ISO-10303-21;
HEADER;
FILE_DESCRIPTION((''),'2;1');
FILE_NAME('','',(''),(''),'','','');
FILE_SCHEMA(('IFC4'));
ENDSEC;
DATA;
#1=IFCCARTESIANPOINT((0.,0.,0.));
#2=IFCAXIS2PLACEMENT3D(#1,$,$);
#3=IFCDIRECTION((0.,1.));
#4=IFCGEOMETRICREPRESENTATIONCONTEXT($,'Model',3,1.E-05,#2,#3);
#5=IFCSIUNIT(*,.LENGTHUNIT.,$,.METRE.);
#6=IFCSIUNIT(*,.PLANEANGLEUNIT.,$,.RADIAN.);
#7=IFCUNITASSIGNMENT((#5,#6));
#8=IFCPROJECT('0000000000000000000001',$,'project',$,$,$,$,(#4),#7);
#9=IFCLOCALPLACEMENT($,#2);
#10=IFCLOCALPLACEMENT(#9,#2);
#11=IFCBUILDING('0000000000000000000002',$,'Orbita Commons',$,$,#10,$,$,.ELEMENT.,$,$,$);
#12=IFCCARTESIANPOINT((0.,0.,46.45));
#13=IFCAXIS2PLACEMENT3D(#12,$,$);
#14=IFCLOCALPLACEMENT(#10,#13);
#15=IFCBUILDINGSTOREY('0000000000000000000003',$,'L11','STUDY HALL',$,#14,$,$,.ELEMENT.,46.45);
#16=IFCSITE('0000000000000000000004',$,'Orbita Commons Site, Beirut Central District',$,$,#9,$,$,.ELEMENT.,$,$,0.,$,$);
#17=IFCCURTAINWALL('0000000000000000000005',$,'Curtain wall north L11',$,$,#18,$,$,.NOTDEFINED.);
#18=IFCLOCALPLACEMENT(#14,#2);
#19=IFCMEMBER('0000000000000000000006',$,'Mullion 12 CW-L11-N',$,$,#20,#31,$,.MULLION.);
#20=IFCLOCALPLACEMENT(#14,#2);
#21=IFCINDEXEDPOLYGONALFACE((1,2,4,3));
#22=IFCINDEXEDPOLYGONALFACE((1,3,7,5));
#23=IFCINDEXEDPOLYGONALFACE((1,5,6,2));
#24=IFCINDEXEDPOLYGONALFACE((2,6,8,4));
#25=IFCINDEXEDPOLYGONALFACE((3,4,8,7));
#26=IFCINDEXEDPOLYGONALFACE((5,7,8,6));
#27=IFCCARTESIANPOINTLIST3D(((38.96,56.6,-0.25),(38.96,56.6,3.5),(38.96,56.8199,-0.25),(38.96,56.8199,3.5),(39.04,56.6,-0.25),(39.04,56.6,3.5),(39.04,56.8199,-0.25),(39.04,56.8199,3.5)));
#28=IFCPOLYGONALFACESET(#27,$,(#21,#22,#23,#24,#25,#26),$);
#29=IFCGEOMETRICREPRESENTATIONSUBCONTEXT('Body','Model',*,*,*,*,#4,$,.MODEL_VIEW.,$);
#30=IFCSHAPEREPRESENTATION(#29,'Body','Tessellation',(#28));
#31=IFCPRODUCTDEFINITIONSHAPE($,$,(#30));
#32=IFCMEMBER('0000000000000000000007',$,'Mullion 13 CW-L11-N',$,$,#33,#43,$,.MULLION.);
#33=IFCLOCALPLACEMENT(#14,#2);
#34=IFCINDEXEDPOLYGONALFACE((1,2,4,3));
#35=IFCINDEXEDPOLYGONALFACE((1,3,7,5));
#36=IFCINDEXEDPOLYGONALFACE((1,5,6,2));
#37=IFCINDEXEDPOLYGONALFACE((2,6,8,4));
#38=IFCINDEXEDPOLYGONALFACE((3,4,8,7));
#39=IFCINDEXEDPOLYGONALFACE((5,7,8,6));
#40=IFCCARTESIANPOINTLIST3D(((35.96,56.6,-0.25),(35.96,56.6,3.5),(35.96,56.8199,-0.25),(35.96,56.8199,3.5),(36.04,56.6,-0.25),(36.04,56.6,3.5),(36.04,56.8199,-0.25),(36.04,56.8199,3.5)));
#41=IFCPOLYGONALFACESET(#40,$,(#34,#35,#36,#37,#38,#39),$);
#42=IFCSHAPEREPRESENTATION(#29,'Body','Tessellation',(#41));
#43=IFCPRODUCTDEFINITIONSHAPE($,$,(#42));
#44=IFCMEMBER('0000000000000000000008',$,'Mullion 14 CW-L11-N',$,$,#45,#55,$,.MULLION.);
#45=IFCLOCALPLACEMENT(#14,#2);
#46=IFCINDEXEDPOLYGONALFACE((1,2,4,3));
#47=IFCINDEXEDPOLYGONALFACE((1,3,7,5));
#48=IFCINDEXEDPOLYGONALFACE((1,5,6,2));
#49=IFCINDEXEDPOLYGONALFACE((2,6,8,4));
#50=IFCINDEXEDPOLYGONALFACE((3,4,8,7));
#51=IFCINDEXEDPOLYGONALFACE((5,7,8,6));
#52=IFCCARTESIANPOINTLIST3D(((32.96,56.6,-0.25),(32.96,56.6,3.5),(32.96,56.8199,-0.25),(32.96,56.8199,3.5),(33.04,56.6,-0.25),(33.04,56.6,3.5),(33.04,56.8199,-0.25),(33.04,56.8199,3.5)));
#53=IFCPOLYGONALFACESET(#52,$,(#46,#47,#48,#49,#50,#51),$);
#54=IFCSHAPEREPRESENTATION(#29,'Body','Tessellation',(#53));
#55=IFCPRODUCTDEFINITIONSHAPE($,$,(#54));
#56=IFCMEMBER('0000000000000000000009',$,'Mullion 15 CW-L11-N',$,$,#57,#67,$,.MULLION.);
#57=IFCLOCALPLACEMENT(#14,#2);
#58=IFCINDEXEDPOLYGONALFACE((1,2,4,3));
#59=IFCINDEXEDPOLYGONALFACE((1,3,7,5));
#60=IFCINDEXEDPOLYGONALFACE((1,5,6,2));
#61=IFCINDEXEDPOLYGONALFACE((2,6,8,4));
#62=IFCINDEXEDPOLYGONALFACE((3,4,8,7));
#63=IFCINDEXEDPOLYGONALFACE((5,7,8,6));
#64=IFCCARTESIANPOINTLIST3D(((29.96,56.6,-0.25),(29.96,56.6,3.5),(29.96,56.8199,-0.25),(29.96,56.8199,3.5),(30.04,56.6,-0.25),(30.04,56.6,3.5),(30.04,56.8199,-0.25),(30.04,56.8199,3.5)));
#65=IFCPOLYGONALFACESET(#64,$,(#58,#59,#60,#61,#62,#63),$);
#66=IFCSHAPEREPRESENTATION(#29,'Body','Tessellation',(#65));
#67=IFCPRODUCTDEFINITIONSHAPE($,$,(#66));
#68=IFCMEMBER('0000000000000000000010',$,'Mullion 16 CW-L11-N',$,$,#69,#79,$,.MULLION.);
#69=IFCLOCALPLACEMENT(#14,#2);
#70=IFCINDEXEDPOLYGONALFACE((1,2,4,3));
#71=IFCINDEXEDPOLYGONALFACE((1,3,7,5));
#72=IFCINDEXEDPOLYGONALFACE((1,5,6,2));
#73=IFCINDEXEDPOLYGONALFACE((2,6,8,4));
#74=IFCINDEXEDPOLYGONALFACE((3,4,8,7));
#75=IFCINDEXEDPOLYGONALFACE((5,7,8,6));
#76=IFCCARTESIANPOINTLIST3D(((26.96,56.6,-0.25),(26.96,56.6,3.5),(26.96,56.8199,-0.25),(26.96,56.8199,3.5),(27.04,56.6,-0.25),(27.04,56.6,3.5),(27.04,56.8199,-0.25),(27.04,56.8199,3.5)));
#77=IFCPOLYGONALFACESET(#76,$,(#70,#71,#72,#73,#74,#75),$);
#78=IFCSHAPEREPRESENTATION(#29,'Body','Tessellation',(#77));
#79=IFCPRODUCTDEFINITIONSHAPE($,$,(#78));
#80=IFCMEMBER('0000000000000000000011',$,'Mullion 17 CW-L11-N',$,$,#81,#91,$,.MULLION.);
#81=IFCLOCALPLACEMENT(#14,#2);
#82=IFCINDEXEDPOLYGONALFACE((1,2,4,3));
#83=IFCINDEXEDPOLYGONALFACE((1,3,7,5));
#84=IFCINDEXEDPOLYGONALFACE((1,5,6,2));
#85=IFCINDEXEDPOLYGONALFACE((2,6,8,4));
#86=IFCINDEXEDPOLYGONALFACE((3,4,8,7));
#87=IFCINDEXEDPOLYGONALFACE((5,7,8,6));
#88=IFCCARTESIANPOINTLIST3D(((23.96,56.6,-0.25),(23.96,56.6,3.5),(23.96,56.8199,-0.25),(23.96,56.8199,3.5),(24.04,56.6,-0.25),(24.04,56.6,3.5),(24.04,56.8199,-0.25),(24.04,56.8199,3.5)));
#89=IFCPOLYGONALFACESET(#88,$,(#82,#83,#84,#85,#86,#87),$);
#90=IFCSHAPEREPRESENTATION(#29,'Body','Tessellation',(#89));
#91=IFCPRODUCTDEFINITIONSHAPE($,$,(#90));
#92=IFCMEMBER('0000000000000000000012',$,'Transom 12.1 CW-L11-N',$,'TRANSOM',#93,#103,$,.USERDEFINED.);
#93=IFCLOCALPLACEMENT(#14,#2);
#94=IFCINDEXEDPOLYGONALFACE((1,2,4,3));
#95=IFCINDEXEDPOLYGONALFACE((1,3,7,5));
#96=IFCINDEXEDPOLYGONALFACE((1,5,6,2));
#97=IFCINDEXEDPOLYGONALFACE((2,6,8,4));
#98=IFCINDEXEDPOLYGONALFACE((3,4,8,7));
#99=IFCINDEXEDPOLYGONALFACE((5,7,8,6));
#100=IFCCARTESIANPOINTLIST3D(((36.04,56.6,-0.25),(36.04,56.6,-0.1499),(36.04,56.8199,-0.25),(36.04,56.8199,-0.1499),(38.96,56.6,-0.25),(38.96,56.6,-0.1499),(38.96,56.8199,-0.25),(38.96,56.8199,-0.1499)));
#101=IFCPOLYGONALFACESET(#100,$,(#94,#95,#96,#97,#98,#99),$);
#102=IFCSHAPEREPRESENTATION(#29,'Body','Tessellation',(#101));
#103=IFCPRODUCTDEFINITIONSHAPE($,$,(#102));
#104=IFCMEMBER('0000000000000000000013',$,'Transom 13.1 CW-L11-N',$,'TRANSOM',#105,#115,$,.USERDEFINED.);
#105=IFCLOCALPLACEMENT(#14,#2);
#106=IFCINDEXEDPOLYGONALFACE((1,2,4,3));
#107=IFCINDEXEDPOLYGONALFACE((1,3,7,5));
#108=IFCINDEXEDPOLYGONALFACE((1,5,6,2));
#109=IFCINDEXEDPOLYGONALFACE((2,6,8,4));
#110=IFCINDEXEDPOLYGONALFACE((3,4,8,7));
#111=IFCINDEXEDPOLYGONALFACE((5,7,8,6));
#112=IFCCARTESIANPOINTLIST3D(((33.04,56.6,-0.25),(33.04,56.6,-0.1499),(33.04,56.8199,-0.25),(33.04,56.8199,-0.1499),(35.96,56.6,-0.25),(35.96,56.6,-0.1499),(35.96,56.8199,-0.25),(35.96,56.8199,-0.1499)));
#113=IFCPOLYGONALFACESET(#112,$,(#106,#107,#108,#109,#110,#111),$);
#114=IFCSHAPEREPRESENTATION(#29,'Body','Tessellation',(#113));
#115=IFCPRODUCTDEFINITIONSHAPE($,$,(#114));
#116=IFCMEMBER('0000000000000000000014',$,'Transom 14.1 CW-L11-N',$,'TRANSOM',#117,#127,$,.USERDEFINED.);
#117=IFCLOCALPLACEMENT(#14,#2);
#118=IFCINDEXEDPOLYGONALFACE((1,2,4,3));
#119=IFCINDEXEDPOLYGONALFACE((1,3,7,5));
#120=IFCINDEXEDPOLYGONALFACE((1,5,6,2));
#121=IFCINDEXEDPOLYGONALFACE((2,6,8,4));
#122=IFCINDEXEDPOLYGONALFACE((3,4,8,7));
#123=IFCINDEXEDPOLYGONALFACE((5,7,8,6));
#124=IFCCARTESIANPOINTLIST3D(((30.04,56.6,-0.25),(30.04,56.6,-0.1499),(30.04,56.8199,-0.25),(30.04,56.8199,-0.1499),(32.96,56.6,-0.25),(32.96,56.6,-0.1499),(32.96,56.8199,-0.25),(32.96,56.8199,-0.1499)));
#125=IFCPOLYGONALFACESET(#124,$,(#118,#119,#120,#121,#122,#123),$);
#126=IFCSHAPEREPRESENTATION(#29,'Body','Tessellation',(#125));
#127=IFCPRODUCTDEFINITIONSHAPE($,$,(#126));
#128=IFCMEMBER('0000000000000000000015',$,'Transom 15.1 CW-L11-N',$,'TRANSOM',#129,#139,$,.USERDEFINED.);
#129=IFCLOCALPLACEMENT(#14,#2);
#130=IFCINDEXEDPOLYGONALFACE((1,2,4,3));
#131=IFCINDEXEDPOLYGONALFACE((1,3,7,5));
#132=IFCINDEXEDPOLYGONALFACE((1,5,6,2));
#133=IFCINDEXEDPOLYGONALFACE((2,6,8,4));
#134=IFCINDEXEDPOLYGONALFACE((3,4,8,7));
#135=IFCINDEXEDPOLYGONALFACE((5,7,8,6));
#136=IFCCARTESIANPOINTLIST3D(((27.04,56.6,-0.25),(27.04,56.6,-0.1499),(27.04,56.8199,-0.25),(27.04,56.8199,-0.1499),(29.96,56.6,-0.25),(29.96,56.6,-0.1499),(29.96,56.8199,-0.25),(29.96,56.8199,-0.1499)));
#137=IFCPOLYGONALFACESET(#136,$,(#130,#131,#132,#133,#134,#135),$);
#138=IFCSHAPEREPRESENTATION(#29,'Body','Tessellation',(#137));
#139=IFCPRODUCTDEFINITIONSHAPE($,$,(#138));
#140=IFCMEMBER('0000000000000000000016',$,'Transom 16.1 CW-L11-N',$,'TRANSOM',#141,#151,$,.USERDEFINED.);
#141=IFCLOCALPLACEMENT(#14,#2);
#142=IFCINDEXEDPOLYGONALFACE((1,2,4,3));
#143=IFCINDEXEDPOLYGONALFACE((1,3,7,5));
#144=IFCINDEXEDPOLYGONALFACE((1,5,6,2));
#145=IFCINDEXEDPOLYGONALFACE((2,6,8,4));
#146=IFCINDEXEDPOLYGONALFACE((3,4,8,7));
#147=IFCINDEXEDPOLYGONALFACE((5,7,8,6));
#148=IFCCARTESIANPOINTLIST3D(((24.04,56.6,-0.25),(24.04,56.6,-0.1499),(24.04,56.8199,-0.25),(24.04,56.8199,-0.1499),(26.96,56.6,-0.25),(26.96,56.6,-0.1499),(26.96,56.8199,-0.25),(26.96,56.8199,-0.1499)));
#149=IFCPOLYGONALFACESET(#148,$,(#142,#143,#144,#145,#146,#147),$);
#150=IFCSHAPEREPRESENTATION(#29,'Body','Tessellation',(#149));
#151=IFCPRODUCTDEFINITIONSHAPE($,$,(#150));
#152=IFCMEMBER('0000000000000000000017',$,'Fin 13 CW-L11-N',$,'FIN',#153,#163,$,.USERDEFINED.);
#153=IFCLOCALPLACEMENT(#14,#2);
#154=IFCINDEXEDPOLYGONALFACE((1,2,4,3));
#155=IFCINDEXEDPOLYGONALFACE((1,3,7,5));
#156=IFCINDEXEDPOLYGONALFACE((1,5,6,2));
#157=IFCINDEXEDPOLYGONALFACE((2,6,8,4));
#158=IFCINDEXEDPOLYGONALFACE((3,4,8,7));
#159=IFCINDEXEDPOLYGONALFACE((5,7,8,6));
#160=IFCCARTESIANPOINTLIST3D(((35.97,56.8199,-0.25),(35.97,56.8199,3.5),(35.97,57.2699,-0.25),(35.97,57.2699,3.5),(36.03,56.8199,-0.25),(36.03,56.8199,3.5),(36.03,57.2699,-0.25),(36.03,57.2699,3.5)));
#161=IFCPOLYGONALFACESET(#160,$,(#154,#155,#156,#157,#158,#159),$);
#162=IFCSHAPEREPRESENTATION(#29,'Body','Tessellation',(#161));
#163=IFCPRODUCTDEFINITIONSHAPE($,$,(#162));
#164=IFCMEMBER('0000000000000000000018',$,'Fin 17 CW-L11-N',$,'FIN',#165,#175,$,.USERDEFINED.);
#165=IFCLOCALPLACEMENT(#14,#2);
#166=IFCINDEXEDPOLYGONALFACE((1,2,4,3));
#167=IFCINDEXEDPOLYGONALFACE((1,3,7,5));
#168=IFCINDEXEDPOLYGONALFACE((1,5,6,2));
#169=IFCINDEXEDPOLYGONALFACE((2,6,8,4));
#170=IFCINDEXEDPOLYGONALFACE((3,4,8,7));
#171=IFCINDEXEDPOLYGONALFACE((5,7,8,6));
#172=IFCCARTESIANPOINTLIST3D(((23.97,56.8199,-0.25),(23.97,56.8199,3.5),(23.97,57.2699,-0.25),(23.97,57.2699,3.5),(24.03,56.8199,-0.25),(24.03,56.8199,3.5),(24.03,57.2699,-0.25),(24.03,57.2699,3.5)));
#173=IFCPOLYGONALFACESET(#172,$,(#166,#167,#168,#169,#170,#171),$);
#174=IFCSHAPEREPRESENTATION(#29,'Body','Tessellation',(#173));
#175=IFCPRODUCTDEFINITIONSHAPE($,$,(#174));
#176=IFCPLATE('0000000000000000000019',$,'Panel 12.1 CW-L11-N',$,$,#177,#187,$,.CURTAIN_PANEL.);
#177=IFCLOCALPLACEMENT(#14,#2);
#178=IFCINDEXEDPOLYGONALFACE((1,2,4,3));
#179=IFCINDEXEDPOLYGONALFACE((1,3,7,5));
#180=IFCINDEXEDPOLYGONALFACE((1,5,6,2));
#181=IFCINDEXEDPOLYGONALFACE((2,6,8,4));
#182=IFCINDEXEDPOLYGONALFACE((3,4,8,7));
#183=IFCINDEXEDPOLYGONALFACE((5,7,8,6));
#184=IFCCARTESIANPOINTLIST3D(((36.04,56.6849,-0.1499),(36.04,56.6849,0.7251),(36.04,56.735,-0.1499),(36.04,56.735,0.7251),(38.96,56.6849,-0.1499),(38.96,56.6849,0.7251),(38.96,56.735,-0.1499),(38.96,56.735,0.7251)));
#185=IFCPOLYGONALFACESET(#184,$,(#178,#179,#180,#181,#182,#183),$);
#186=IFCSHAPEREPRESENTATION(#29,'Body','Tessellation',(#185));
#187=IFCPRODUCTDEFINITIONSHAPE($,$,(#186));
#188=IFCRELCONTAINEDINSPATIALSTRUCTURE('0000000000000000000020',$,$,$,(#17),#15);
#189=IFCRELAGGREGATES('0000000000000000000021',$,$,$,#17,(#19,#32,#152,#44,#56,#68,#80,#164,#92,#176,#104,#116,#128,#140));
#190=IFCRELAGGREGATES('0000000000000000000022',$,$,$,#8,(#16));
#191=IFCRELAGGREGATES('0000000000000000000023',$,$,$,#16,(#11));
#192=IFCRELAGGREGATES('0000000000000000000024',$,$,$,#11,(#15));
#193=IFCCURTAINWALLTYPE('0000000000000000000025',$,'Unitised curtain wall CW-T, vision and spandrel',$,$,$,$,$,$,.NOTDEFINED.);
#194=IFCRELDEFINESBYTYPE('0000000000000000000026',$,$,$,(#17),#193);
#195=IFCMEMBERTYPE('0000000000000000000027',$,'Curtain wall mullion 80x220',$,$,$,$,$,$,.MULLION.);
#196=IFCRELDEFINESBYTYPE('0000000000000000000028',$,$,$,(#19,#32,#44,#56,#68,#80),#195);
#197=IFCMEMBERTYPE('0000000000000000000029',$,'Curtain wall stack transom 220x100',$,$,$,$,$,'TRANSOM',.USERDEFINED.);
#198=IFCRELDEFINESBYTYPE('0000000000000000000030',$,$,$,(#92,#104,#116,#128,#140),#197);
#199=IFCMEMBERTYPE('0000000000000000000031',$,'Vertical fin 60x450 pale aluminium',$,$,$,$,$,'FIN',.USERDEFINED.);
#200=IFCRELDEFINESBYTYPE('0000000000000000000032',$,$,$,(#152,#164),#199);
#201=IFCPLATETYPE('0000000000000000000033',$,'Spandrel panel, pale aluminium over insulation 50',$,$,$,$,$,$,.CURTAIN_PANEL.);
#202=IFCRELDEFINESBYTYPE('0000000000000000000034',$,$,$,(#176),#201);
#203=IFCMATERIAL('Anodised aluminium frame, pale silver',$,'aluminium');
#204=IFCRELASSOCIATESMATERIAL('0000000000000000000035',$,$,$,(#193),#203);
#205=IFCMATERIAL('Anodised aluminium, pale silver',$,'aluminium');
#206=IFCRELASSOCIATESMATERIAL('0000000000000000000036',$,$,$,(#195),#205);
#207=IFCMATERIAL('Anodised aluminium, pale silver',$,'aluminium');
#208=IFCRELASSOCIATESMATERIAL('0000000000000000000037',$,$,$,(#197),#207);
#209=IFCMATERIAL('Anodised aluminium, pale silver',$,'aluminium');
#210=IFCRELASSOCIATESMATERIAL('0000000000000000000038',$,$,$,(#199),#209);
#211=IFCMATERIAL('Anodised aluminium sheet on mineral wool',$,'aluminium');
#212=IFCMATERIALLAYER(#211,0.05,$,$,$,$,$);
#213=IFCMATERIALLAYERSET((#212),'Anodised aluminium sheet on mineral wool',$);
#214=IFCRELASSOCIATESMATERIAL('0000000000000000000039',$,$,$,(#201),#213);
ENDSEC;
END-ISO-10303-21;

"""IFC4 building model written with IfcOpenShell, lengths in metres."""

from ifc_helpers import new_model, si_unit, direction, frame, origin, origin_2d, place, context, subcontext, project, spatial, rectangle, extrude, material, layer, layer_set, material_profile, profile_set, type_object, element, aggregate, save


model = new_model("IFC4")

# Units and contexts
model_context = context("Model", 3, precision=1e-05, world=origin(), true_north=direction((0.0, 1.0)))
body_context = subcontext(model_context, "Body", "Model", "MODEL_VIEW")
ifc_project = project(units=[si_unit("LENGTHUNIT", "METRE"), si_unit("PLANEANGLEUNIT", "RADIAN")], contexts=[model_context])

# Site, building, storey
site_placement = place(None, origin())
site = spatial("IfcSite", under=ifc_project, at=site_placement, Name="Orbita Commons Site, Beirut Central District", CompositionType="ELEMENT", RefElevation=0.0)
building_placement = place(site_placement, origin())
building = spatial("IfcBuilding", under=site, at=building_placement, Name="Orbita Commons", CompositionType="ELEMENT")
storey_placement = place(building_placement, frame((0.0, 0.0, 46.45)))
storey = spatial("IfcBuildingStorey", under=building, at=storey_placement, Name="L11", Description="STUDY HALL", CompositionType="ELEMENT", Elevation=46.45)

# Curtain wall, members, plate
ifc_material_1 = material(Name="Anodised aluminium frame, pale silver", Category="aluminium")
curtain_wall_type = type_object("IfcCurtainWallType", Name="Unitised curtain wall CW-T, vision and spandrel", PredefinedType="NOTDEFINED", material=ifc_material_1)
curtain_wall_placement = place(storey_placement, origin())
curtain_wall = element("IfcCurtainWall", 1, at=curtain_wall_placement, inside=storey, type_object=curtain_wall_type, Name="Curtain wall north L11", PredefinedType="NOTDEFINED")
ifc_material_2 = material(Name="Anodised aluminium, pale silver", Category="aluminium")
ifc_material_profile_1 = material_profile(ifc_material_2, rectangle(XDim=0.0801, YDim=0.22, at=origin_2d()), Name="AL 80x220")
ifc_profile_set_1 = profile_set([ifc_material_profile_1], Name="Anodised aluminium, pale silver")
member_type_1 = type_object("IfcMemberType", Name="Curtain wall mullion 80x220", PredefinedType="MULLION", material=ifc_profile_set_1)
member_1_placement = place(storey_placement, frame((39.0, 56.71, -0.25), z_axis=(0.0, 0.0, 1.0), x_axis=(-1.0, 0.0, 0.0)))
member_1 = element("IfcMember", 2, at=member_1_placement, type_object=member_type_1, Name="Mullion 12 CW-L11-N", PredefinedType="MULLION", context=body_context, shape_type="SweptSolid", body=[
    extrude(rectangle(XDim=0.0801, YDim=0.22, at=origin_2d()), origin(), (0.0, 0.0, 1.0), 3.75),
])
member_2_placement = place(storey_placement, frame((36.0, 56.71, -0.25), z_axis=(0.0, 0.0, 1.0), x_axis=(-1.0, 0.0, 0.0)))
member_2 = element("IfcMember", 3, at=member_2_placement, type_object=member_type_1, Name="Mullion 13 CW-L11-N", PredefinedType="MULLION", context=body_context, shape_type="SweptSolid", body=[
    extrude(rectangle(XDim=0.0801, YDim=0.22, at=origin_2d()), origin(), (0.0, 0.0, 1.0), 3.75),
])
member_3_placement = place(storey_placement, frame((33.0, 56.71, -0.25), z_axis=(0.0, 0.0, 1.0), x_axis=(-1.0, 0.0, 0.0)))
member_3 = element("IfcMember", 4, at=member_3_placement, type_object=member_type_1, Name="Mullion 14 CW-L11-N", PredefinedType="MULLION", context=body_context, shape_type="SweptSolid", body=[
    extrude(rectangle(XDim=0.0801, YDim=0.22, at=origin_2d()), origin(), (0.0, 0.0, 1.0), 3.75),
])
member_4_placement = place(storey_placement, frame((30.0, 56.71, -0.25), z_axis=(0.0, 0.0, 1.0), x_axis=(-1.0, 0.0, 0.0)))
member_4 = element("IfcMember", 5, at=member_4_placement, type_object=member_type_1, Name="Mullion 15 CW-L11-N", PredefinedType="MULLION", context=body_context, shape_type="SweptSolid", body=[
    extrude(rectangle(XDim=0.0801, YDim=0.22, at=origin_2d()), origin(), (0.0, 0.0, 1.0), 3.75),
])
member_5_placement = place(storey_placement, frame((27.0, 56.71, -0.25), z_axis=(0.0, 0.0, 1.0), x_axis=(-1.0, 0.0, 0.0)))
member_5 = element("IfcMember", 6, at=member_5_placement, type_object=member_type_1, Name="Mullion 16 CW-L11-N", PredefinedType="MULLION", context=body_context, shape_type="SweptSolid", body=[
    extrude(rectangle(XDim=0.0801, YDim=0.22, at=origin_2d()), origin(), (0.0, 0.0, 1.0), 3.75),
])
member_6_placement = place(storey_placement, frame((24.0, 56.71, -0.25), z_axis=(0.0, 0.0, 1.0), x_axis=(-1.0, 0.0, 0.0)))
member_6 = element("IfcMember", 7, at=member_6_placement, type_object=member_type_1, Name="Mullion 17 CW-L11-N", PredefinedType="MULLION", context=body_context, shape_type="SweptSolid", body=[
    extrude(rectangle(XDim=0.0801, YDim=0.22, at=origin_2d()), origin(), (0.0, 0.0, 1.0), 3.75),
])
ifc_material_3 = material(Name="Anodised aluminium, pale silver", Category="aluminium")
ifc_material_profile_2 = material_profile(ifc_material_3, rectangle(XDim=0.22, YDim=0.1001, at=origin_2d()), Name="AL 220x100")
ifc_profile_set_2 = profile_set([ifc_material_profile_2], Name="Anodised aluminium, pale silver")
member_type_2 = type_object("IfcMemberType", Name="Curtain wall stack transom 220x100", ElementType="TRANSOM", PredefinedType="USERDEFINED", material=ifc_profile_set_2)
member_7_placement = place(storey_placement, frame((38.96, 56.71, -0.2), z_axis=(-1.0, 0.0, 0.0), x_axis=(0.0, -1.0, 0.0)))
member_7 = element("IfcMember", 8, at=member_7_placement, type_object=member_type_2, Name="Transom 12.1 CW-L11-N", ObjectType="TRANSOM", PredefinedType="USERDEFINED", context=body_context, shape_type="SweptSolid", body=[
    extrude(rectangle(XDim=0.22, YDim=0.1001, at=origin_2d()), origin(), (0.0, 0.0, 1.0), 2.9199),
])
member_8_placement = place(storey_placement, frame((35.96, 56.71, -0.2), z_axis=(-1.0, 0.0, 0.0), x_axis=(0.0, -1.0, 0.0)))
member_8 = element("IfcMember", 9, at=member_8_placement, type_object=member_type_2, Name="Transom 13.1 CW-L11-N", ObjectType="TRANSOM", PredefinedType="USERDEFINED", context=body_context, shape_type="SweptSolid", body=[
    extrude(rectangle(XDim=0.22, YDim=0.1001, at=origin_2d()), origin(), (0.0, 0.0, 1.0), 2.9199),
])
member_9_placement = place(storey_placement, frame((32.96, 56.71, -0.2), z_axis=(-1.0, 0.0, 0.0), x_axis=(0.0, -1.0, 0.0)))
member_9 = element("IfcMember", 10, at=member_9_placement, type_object=member_type_2, Name="Transom 14.1 CW-L11-N", ObjectType="TRANSOM", PredefinedType="USERDEFINED", context=body_context, shape_type="SweptSolid", body=[
    extrude(rectangle(XDim=0.22, YDim=0.1001, at=origin_2d()), origin(), (0.0, 0.0, 1.0), 2.9199),
])
member_10_placement = place(storey_placement, frame((29.96, 56.71, -0.2), z_axis=(-1.0, 0.0, 0.0), x_axis=(0.0, -1.0, 0.0)))
member_10 = element("IfcMember", 11, at=member_10_placement, type_object=member_type_2, Name="Transom 15.1 CW-L11-N", ObjectType="TRANSOM", PredefinedType="USERDEFINED", context=body_context, shape_type="SweptSolid", body=[
    extrude(rectangle(XDim=0.22, YDim=0.1001, at=origin_2d()), origin(), (0.0, 0.0, 1.0), 2.9199),
])
member_11_placement = place(storey_placement, frame((26.96, 56.71, -0.2), z_axis=(-1.0, 0.0, 0.0), x_axis=(0.0, -1.0, 0.0)))
member_11 = element("IfcMember", 12, at=member_11_placement, type_object=member_type_2, Name="Transom 16.1 CW-L11-N", ObjectType="TRANSOM", PredefinedType="USERDEFINED", context=body_context, shape_type="SweptSolid", body=[
    extrude(rectangle(XDim=0.22, YDim=0.1001, at=origin_2d()), origin(), (0.0, 0.0, 1.0), 2.9199),
])
ifc_material_4 = material(Name="Anodised aluminium, pale silver", Category="aluminium")
ifc_material_profile_3 = material_profile(ifc_material_4, rectangle(XDim=0.0601, YDim=0.45, at=origin_2d()), Name="FIN 60x450")
ifc_profile_set_3 = profile_set([ifc_material_profile_3], Name="Anodised aluminium, pale silver")
member_type_3 = type_object("IfcMemberType", Name="Vertical fin 60x450 pale aluminium", ElementType="FIN", PredefinedType="USERDEFINED", material=ifc_profile_set_3)
member_12_placement = place(storey_placement, frame((36.0, 57.0449, -0.25), z_axis=(0.0, 0.0, 1.0), x_axis=(-1.0, 0.0, 0.0)))
member_12 = element("IfcMember", 13, at=member_12_placement, type_object=member_type_3, Name="Fin 13 CW-L11-N", ObjectType="FIN", PredefinedType="USERDEFINED", context=body_context, shape_type="SweptSolid", body=[
    extrude(rectangle(XDim=0.0601, YDim=0.45, at=origin_2d()), origin(), (0.0, 0.0, 1.0), 3.75),
])
member_13_placement = place(storey_placement, frame((24.0, 57.0449, -0.25), z_axis=(0.0, 0.0, 1.0), x_axis=(-1.0, 0.0, 0.0)))
member_13 = element("IfcMember", 14, at=member_13_placement, type_object=member_type_3, Name="Fin 17 CW-L11-N", ObjectType="FIN", PredefinedType="USERDEFINED", context=body_context, shape_type="SweptSolid", body=[
    extrude(rectangle(XDim=0.0601, YDim=0.45, at=origin_2d()), origin(), (0.0, 0.0, 1.0), 3.75),
])
ifc_material_5 = material(Name="Anodised aluminium sheet on mineral wool", Category="aluminium")
ifc_layer_1 = layer(ifc_material_5, 0.05)
ifc_layer_set_1 = layer_set([ifc_layer_1], Name="Anodised aluminium sheet on mineral wool")
plate_type_1 = type_object("IfcPlateType", Name="Spandrel panel, pale aluminium over insulation 50", PredefinedType="CURTAIN_PANEL", material=ifc_layer_set_1)
plate_1_placement = place(storey_placement, frame((37.5, 56.71, -0.1499), z_axis=(0.0, 0.0, 1.0), x_axis=(-1.0, 0.0, 0.0)))
plate_1 = element("IfcPlate", 15, at=plate_1_placement, type_object=plate_type_1, Name="Panel 12.1 CW-L11-N", PredefinedType="CURTAIN_PANEL", context=body_context, shape_type="SweptSolid", body=[
    extrude(rectangle(XDim=2.9199, YDim=0.05, at=origin_2d()), origin(), (0.0, 0.0, 1.0), 0.875),
])
aggregate(curtain_wall, [member_1, member_2, member_12, member_3, member_4, member_5, member_6, member_13, member_7, plate_1, member_8, member_9, member_10, member_11])

save(model, "model.ifc")
